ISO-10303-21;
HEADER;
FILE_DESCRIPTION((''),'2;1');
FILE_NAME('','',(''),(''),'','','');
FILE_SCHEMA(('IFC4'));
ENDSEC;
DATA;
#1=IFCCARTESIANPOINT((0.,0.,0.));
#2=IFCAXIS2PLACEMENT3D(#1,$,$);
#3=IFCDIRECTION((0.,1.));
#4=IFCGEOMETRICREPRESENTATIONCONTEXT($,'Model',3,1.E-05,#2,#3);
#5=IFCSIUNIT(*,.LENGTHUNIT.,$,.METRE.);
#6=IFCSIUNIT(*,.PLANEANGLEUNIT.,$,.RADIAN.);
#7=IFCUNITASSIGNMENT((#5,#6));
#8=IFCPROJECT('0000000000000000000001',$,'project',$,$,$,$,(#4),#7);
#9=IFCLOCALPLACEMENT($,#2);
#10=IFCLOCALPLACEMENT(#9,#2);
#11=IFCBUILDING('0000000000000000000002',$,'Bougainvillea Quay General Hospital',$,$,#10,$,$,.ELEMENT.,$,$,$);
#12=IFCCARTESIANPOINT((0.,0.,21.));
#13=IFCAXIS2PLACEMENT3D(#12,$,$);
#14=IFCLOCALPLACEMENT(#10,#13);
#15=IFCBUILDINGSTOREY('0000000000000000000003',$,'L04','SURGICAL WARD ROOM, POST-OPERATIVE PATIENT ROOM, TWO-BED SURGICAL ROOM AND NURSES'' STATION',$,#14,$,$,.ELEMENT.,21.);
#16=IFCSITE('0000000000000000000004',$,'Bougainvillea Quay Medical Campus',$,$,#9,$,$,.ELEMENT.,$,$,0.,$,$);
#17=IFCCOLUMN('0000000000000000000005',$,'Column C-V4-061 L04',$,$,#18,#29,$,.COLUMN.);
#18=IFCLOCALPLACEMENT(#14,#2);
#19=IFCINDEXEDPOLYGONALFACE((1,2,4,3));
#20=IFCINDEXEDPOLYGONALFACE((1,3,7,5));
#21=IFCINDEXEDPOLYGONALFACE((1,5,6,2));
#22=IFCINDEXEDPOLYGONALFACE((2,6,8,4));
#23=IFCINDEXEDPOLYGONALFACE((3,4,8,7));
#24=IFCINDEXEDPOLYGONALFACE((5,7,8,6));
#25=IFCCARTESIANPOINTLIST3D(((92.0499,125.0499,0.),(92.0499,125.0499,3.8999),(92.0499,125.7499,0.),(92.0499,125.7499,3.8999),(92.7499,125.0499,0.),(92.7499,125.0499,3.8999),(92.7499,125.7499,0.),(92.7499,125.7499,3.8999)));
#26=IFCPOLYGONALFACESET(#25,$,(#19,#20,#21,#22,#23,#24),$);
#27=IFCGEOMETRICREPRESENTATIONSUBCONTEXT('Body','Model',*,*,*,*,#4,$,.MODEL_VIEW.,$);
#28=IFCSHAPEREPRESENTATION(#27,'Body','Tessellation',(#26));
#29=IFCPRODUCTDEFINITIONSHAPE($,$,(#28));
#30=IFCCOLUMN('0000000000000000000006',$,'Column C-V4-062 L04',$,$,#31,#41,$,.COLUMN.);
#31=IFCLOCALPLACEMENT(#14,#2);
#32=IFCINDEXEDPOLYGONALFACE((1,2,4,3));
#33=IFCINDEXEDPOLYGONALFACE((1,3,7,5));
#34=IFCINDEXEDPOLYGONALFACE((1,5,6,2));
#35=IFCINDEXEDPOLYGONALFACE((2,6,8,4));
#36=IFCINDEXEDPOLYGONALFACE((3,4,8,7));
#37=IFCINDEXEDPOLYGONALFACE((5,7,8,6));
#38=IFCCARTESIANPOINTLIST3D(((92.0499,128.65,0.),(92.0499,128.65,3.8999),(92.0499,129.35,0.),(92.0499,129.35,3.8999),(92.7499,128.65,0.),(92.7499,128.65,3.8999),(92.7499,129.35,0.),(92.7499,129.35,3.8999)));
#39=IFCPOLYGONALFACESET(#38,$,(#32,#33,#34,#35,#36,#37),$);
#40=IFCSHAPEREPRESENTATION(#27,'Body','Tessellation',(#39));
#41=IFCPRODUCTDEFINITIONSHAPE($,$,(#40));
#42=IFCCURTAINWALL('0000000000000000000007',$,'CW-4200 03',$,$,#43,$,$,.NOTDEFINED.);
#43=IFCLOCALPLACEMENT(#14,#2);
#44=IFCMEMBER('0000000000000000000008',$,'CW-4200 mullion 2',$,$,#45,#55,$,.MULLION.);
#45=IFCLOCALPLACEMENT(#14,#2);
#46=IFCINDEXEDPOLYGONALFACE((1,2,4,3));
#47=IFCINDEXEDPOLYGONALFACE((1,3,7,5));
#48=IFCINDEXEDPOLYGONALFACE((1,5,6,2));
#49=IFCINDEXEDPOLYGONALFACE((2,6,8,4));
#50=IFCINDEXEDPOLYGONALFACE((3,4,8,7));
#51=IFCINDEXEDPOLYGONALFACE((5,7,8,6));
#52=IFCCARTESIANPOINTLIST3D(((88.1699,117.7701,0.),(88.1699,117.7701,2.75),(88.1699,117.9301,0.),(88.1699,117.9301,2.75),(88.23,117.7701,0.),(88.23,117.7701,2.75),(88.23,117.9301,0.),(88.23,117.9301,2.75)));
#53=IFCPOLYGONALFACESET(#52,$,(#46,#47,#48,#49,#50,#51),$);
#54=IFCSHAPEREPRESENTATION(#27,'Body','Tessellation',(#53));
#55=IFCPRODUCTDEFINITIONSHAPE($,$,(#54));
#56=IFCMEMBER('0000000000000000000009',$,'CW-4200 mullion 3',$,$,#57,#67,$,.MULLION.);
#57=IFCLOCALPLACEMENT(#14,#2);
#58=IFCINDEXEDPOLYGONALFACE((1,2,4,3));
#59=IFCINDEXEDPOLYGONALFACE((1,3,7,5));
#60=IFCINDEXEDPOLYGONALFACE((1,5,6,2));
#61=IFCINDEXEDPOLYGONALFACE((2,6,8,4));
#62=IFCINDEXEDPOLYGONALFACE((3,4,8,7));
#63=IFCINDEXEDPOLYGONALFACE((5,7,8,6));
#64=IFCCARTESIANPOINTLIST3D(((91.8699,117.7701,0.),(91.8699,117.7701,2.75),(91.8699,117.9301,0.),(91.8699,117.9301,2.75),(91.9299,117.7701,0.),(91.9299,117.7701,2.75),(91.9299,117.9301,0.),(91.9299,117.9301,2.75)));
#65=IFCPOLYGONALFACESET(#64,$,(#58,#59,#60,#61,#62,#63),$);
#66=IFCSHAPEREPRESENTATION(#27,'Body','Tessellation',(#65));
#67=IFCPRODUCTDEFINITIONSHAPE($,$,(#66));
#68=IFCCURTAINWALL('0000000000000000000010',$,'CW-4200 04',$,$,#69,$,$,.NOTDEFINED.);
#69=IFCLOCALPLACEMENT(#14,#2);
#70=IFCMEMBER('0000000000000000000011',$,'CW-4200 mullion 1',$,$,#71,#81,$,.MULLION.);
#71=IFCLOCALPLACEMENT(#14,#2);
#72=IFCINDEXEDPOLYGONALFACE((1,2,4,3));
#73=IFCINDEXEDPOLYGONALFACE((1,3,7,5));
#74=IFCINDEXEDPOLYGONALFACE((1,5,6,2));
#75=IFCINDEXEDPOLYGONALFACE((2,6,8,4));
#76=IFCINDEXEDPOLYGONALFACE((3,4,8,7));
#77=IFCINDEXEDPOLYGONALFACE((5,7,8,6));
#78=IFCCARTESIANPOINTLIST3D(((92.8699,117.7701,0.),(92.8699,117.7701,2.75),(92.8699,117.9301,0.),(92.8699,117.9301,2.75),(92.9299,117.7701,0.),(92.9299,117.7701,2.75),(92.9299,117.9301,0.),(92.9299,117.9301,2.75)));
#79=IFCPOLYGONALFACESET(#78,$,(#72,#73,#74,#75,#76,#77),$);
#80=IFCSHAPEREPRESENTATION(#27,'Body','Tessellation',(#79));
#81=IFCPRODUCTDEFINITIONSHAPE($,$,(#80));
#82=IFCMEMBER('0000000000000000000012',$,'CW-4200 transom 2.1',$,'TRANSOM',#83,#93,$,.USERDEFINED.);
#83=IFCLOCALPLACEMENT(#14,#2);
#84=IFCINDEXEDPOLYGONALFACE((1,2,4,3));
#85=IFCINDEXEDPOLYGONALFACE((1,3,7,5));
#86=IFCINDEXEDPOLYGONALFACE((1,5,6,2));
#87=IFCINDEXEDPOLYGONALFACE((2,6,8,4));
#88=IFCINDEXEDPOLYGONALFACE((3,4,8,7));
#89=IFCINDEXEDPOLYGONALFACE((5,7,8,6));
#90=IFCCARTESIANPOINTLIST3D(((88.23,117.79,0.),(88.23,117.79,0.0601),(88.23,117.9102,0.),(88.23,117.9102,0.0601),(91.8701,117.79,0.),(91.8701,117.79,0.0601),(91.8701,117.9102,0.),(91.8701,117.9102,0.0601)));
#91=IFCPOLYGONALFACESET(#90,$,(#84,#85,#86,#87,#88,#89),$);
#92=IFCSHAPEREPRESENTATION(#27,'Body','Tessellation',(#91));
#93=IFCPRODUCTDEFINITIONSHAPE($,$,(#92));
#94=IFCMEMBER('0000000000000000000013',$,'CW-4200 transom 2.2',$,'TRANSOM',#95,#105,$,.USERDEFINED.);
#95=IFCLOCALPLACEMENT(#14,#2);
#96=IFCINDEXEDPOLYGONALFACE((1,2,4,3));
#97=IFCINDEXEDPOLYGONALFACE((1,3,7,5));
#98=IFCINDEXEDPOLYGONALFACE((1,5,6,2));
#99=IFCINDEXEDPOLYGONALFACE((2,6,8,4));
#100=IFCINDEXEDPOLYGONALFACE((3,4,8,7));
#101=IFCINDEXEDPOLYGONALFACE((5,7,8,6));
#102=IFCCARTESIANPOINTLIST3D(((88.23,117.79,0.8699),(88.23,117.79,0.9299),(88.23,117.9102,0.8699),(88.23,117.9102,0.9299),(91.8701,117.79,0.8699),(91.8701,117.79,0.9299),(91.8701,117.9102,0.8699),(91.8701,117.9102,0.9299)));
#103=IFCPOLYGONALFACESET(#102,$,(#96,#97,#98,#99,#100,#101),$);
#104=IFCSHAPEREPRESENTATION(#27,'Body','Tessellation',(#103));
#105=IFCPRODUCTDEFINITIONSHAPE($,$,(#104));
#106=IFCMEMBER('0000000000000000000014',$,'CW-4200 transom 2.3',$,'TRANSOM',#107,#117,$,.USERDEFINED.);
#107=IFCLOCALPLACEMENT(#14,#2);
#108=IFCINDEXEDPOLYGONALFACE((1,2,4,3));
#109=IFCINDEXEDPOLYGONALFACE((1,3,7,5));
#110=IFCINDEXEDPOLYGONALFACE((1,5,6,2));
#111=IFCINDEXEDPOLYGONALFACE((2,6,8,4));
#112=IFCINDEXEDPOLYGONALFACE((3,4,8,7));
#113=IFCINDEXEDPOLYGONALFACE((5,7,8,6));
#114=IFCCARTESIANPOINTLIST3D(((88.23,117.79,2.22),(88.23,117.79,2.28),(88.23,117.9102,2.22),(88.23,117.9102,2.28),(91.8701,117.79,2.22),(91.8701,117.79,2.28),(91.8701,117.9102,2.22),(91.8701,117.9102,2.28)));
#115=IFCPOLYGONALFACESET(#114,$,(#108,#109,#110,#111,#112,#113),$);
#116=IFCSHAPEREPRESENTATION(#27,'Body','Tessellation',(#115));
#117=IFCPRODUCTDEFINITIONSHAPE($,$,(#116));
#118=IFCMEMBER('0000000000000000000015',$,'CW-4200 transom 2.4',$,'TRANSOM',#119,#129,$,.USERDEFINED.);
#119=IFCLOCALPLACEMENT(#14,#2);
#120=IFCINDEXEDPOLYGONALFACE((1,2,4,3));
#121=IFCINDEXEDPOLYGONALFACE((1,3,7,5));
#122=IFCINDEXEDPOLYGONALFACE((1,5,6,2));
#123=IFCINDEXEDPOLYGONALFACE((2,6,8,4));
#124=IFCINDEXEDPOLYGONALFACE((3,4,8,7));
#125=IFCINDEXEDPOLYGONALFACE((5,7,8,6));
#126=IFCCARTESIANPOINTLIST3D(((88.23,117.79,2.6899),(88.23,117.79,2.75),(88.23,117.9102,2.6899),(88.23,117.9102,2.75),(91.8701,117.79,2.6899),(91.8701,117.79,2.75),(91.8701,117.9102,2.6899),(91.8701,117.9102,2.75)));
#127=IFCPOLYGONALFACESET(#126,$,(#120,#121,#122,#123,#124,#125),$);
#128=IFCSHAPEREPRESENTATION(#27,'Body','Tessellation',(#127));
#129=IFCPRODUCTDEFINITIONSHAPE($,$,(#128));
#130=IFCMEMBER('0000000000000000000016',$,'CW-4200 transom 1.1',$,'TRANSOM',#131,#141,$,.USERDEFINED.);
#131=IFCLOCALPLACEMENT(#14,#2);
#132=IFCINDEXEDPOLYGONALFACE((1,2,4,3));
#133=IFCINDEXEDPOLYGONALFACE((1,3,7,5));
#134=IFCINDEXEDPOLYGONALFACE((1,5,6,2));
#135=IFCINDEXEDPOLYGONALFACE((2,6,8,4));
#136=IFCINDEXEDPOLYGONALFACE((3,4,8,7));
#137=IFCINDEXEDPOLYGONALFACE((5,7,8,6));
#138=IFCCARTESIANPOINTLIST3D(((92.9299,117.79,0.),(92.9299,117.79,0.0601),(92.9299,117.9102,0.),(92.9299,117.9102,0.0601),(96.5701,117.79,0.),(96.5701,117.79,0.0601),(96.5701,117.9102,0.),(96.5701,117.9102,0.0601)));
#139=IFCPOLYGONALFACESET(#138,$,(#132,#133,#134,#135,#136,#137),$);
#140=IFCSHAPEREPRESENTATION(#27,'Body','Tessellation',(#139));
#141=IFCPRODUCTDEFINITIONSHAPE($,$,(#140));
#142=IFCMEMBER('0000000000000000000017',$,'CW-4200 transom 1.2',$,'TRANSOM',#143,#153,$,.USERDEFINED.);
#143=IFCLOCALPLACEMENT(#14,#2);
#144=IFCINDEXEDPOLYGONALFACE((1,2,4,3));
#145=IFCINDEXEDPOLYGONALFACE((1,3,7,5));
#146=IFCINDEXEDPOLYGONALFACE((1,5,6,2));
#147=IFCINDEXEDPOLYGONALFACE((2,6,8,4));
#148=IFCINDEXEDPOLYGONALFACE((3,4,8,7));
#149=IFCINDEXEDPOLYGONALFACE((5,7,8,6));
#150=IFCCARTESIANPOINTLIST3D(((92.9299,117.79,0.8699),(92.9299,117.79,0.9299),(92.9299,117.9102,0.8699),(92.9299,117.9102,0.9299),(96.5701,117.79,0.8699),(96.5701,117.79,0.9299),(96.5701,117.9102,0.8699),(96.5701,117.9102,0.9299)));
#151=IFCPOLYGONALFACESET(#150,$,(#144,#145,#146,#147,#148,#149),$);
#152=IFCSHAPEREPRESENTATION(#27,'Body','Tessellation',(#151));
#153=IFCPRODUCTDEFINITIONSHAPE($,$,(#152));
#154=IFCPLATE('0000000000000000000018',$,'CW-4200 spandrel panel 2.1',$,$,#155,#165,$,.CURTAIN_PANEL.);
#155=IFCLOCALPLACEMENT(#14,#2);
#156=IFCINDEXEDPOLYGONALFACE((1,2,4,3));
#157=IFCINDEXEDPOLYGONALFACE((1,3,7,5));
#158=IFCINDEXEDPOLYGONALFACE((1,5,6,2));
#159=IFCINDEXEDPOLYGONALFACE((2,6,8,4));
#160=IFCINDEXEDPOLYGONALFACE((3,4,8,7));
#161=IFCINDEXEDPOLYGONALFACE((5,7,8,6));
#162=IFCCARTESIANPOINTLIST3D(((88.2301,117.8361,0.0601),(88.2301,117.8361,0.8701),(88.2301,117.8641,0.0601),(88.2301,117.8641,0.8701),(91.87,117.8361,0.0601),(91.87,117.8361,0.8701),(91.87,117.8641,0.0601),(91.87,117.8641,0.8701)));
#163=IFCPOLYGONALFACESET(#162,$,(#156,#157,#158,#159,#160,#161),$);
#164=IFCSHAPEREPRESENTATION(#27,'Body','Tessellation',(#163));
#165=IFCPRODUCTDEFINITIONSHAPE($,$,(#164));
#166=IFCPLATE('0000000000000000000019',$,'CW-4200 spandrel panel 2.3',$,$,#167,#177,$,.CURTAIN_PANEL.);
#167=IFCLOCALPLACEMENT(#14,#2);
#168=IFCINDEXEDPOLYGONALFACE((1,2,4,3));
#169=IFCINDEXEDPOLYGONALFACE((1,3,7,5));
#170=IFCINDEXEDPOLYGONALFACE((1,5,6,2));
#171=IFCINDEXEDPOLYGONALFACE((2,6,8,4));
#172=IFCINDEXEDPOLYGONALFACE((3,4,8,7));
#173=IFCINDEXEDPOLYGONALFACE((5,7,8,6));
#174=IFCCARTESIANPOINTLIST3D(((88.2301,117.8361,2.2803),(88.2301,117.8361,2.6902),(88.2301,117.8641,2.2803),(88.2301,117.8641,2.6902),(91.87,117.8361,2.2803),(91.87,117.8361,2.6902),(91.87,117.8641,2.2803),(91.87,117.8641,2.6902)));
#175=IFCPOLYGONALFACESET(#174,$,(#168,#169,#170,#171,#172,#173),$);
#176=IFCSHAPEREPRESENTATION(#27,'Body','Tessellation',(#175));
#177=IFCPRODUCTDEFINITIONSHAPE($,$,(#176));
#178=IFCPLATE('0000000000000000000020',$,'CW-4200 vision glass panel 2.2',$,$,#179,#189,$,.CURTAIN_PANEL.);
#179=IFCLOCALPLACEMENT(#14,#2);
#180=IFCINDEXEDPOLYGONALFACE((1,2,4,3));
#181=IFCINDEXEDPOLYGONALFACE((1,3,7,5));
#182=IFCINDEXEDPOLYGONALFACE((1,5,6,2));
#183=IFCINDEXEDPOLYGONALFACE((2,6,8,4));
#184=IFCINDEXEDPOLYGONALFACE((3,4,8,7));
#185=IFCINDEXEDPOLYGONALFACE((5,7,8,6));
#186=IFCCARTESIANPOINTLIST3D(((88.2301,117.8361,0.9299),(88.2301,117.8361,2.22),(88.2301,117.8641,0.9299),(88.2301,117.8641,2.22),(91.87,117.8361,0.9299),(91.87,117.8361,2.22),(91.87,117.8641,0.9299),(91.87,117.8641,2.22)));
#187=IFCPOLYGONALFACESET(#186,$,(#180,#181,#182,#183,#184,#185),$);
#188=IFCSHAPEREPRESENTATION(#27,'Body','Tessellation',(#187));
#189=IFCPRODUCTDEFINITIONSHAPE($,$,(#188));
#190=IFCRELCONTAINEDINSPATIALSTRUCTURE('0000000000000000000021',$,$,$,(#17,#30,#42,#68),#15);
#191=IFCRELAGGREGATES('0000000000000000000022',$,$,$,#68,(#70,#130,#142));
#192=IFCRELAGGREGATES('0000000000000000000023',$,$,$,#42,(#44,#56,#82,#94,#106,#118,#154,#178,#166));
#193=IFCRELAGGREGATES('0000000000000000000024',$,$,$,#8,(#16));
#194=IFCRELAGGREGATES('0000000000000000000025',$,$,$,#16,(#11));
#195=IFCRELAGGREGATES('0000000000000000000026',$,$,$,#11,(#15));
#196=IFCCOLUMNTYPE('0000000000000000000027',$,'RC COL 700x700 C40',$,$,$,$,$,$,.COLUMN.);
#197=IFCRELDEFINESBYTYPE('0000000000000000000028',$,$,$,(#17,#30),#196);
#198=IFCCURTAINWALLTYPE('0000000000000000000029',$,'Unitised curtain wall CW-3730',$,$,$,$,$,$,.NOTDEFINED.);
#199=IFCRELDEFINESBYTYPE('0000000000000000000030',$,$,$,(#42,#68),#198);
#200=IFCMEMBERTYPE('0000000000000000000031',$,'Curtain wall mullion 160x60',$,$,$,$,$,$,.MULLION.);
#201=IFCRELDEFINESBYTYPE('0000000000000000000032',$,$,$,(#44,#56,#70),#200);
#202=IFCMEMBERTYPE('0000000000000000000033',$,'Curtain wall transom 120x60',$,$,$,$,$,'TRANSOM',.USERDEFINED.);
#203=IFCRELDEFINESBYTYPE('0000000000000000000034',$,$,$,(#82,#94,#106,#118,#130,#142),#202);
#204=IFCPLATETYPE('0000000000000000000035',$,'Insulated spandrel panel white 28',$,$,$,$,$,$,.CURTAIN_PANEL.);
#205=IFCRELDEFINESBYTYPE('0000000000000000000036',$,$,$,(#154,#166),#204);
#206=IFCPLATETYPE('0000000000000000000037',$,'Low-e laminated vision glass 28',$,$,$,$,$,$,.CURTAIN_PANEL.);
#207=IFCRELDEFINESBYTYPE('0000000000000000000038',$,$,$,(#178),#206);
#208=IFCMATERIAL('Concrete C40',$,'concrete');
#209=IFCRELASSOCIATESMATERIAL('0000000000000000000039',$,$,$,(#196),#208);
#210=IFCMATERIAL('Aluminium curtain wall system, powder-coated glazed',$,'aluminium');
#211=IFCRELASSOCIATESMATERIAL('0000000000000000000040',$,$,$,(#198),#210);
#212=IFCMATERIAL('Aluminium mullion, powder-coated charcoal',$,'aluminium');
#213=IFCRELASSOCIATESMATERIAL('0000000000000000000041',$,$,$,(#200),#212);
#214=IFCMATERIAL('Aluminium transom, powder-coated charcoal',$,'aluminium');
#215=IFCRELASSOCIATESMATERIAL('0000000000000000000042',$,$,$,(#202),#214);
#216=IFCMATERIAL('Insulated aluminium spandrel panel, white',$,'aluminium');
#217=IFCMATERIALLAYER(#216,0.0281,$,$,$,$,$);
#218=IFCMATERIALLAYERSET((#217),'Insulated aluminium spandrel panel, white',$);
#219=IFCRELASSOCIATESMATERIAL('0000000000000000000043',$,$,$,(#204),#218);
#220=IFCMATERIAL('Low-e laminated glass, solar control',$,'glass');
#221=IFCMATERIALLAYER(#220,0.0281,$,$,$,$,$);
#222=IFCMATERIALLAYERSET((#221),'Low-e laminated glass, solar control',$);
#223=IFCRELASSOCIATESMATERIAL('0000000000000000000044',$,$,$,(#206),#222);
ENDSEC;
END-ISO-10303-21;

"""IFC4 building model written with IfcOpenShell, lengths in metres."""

from ifc_helpers import new_model, si_unit, direction, frame, origin, origin_2d, place, context, subcontext, project, spatial, rectangle, extrude, material, layer, layer_set, material_profile, profile_set, type_object, element, aggregate, save


model = new_model("IFC4")

# Units and contexts
model_context = context("Model", 3, precision=1e-05, world=origin(), true_north=direction((0.0, 1.0)))
body_context = subcontext(model_context, "Body", "Model", "MODEL_VIEW")
ifc_project = project(units=[si_unit("LENGTHUNIT", "METRE"), si_unit("PLANEANGLEUNIT", "RADIAN")], contexts=[model_context])

# Site, building, storey
site_placement = place(None, origin())
site = spatial("IfcSite", under=ifc_project, at=site_placement, Name="Bougainvillea Quay Medical Campus", CompositionType="ELEMENT", RefElevation=0.0)
building_placement = place(site_placement, origin())
building = spatial("IfcBuilding", under=site, at=building_placement, Name="Bougainvillea Quay General Hospital", CompositionType="ELEMENT")
storey_placement = place(building_placement, frame((0.0, 0.0, 21.0)))
storey = spatial("IfcBuildingStorey", under=building, at=storey_placement, Name="L04", Description="SURGICAL WARD ROOM, POST-OPERATIVE PATIENT ROOM, TWO-BED SURGICAL ROOM AND NURSES' STATION", CompositionType="ELEMENT", Elevation=21.0)

# Columns
ifc_material_1 = material(Name="Concrete C40", Category="concrete")
ifc_material_profile_1 = material_profile(ifc_material_1, rectangle(XDim=0.7, YDim=0.7, at=origin_2d()))
ifc_profile_set_1 = profile_set([ifc_material_profile_1], Name="Concrete C40")
column_type = type_object("IfcColumnType", Name="RC COL 700x700 C40", PredefinedType="COLUMN", material=ifc_profile_set_1)
for number, where, z_axis, x_axis, name in (
    (1, (92.3999, 125.3999, 0.0), (0.0, 0.0, 1.0), (1.0, 0.0, 0.0), "Column C-V4-061 L04"),
    (2, (92.3999, 129.0, 0.0), (0.0, 0.0, 1.0), (1.0, 0.0, 0.0), "Column C-V4-062 L04"),
):
    element("IfcColumn", number, at=place(storey_placement, frame(where, z_axis=z_axis, x_axis=x_axis)), inside=storey, type_object=column_type, Name=name, PredefinedType="COLUMN", context=body_context, shape_type="SweptSolid", body=[
        extrude(rectangle(XDim=0.7, YDim=0.7, at=origin_2d()), origin(), (0.0, 0.0, 1.0), 3.8999),
    ])

# Curtain wall, members
ifc_material_2 = material(Name="Aluminium curtain wall system, powder-coated glazed", Category="aluminium")
curtain_wall_type = type_object("IfcCurtainWallType", Name="Unitised curtain wall CW-3730", PredefinedType="NOTDEFINED", material=ifc_material_2)
curtain_wall_1_placement = place(storey_placement, origin())
curtain_wall_1 = element("IfcCurtainWall", 3, at=curtain_wall_1_placement, inside=storey, type_object=curtain_wall_type, Name="CW-4200 03", PredefinedType="NOTDEFINED")
ifc_material_3 = material(Name="Aluminium mullion, powder-coated charcoal", Category="aluminium")
ifc_material_profile_2 = material_profile(ifc_material_3, rectangle(XDim=0.1599, YDim=0.0601, at=origin_2d()))
ifc_profile_set_2 = profile_set([ifc_material_profile_2], Name="Aluminium mullion, powder-coated charcoal")
member_type_1 = type_object("IfcMemberType", Name="Curtain wall mullion 160x60", PredefinedType="MULLION", material=ifc_profile_set_2)
member_1_placement = place(storey_placement, frame((88.2, 117.8501, 0.0), z_axis=(0.0, 0.0, 1.0), x_axis=(0.0, 1.0, 0.0)))
member_1 = element("IfcMember", 4, at=member_1_placement, type_object=member_type_1, Name="CW-4200 mullion 2", PredefinedType="MULLION", context=body_context, shape_type="SweptSolid", body=[
    extrude(rectangle(XDim=0.1599, YDim=0.0601, at=origin_2d()), origin(), (0.0, 0.0, 1.0), 2.75),
])
member_2_placement = place(storey_placement, frame((91.8999, 117.8501, 0.0), z_axis=(0.0, 0.0, 1.0), x_axis=(0.0, 1.0, 0.0)))
member_2 = element("IfcMember", 5, at=member_2_placement, type_object=member_type_1, Name="CW-4200 mullion 3", PredefinedType="MULLION", context=body_context, shape_type="SweptSolid", body=[
    extrude(rectangle(XDim=0.1599, YDim=0.0601, at=origin_2d()), origin(), (0.0, 0.0, 1.0), 2.75),
])

# Curtain wall, member
curtain_wall_2_placement = place(storey_placement, origin())
curtain_wall_2 = element("IfcCurtainWall", 6, at=curtain_wall_2_placement, inside=storey, type_object=curtain_wall_type, Name="CW-4200 04", PredefinedType="NOTDEFINED")
member_3_placement = place(storey_placement, frame((92.8999, 117.8501, 0.0), z_axis=(0.0, 0.0, 1.0), x_axis=(0.0, 1.0, 0.0)))
member_3 = element("IfcMember", 7, at=member_3_placement, type_object=member_type_1, Name="CW-4200 mullion 1", PredefinedType="MULLION", context=body_context, shape_type="SweptSolid", body=[
    extrude(rectangle(XDim=0.1599, YDim=0.0601, at=origin_2d()), origin(), (0.0, 0.0, 1.0), 2.75),
])

# Members
ifc_material_4 = material(Name="Aluminium transom, powder-coated charcoal", Category="aluminium")
ifc_material_profile_3 = material_profile(ifc_material_4, rectangle(XDim=0.1201, YDim=0.0601, at=origin_2d()))
ifc_profile_set_3 = profile_set([ifc_material_profile_3], Name="Aluminium transom, powder-coated charcoal")
member_type_2 = type_object("IfcMemberType", Name="Curtain wall transom 120x60", ElementType="TRANSOM", PredefinedType="USERDEFINED", material=ifc_profile_set_3)
member_4_placement = place(storey_placement, frame((88.23, 117.8501, 0.03), z_axis=(1.0, 0.0, 0.0), x_axis=(0.0, 1.0, 0.0)))
member_4 = element("IfcMember", 8, at=member_4_placement, type_object=member_type_2, Name="CW-4200 transom 2.1", ObjectType="TRANSOM", PredefinedType="USERDEFINED", context=body_context, shape_type="SweptSolid", body=[
    extrude(rectangle(XDim=0.1201, YDim=0.0601, at=origin_2d()), origin(), (0.0, 0.0, 1.0), 3.6401),
])
member_5_placement = place(storey_placement, frame((88.23, 117.8501, 0.8999), z_axis=(1.0, 0.0, 0.0), x_axis=(0.0, 1.0, 0.0)))
member_5 = element("IfcMember", 9, at=member_5_placement, type_object=member_type_2, Name="CW-4200 transom 2.2", ObjectType="TRANSOM", PredefinedType="USERDEFINED", context=body_context, shape_type="SweptSolid", body=[
    extrude(rectangle(XDim=0.1201, YDim=0.0601, at=origin_2d()), origin(), (0.0, 0.0, 1.0), 3.6401),
])
member_6_placement = place(storey_placement, frame((88.23, 117.8501, 2.25), z_axis=(1.0, 0.0, 0.0), x_axis=(0.0, 1.0, 0.0)))
member_6 = element("IfcMember", 10, at=member_6_placement, type_object=member_type_2, Name="CW-4200 transom 2.3", ObjectType="TRANSOM", PredefinedType="USERDEFINED", context=body_context, shape_type="SweptSolid", body=[
    extrude(rectangle(XDim=0.1201, YDim=0.0601, at=origin_2d()), origin(), (0.0, 0.0, 1.0), 3.6401),
])
member_7_placement = place(storey_placement, frame((88.23, 117.8501, 2.72), z_axis=(1.0, 0.0, 0.0), x_axis=(0.0, 1.0, 0.0)))
member_7 = element("IfcMember", 11, at=member_7_placement, type_object=member_type_2, Name="CW-4200 transom 2.4", ObjectType="TRANSOM", PredefinedType="USERDEFINED", context=body_context, shape_type="SweptSolid", body=[
    extrude(rectangle(XDim=0.1201, YDim=0.0601, at=origin_2d()), origin(), (0.0, 0.0, 1.0), 3.6401),
])
member_8_placement = place(storey_placement, frame((92.9299, 117.8501, 0.03), z_axis=(1.0, 0.0, 0.0), x_axis=(0.0, 1.0, 0.0)))
member_8 = element("IfcMember", 12, at=member_8_placement, type_object=member_type_2, Name="CW-4200 transom 1.1", ObjectType="TRANSOM", PredefinedType="USERDEFINED", context=body_context, shape_type="SweptSolid", body=[
    extrude(rectangle(XDim=0.1201, YDim=0.0601, at=origin_2d()), origin(), (0.0, 0.0, 1.0), 3.6401),
])
member_9_placement = place(storey_placement, frame((92.9299, 117.8501, 0.8999), z_axis=(1.0, 0.0, 0.0), x_axis=(0.0, 1.0, 0.0)))
member_9 = element("IfcMember", 13, at=member_9_placement, type_object=member_type_2, Name="CW-4200 transom 1.2", ObjectType="TRANSOM", PredefinedType="USERDEFINED", context=body_context, shape_type="SweptSolid", body=[
    extrude(rectangle(XDim=0.1201, YDim=0.0601, at=origin_2d()), origin(), (0.0, 0.0, 1.0), 3.6401),
])
aggregate(curtain_wall_2, [member_3, member_8, member_9])

# Plates
ifc_material_5 = material(Name="Insulated aluminium spandrel panel, white", Category="aluminium")
ifc_layer_1 = layer(ifc_material_5, 0.0281)
ifc_layer_set_1 = layer_set([ifc_layer_1], Name="Insulated aluminium spandrel panel, white")
plate_type_1 = type_object("IfcPlateType", Name="Insulated spandrel panel white 28", PredefinedType="CURTAIN_PANEL", material=ifc_layer_set_1)
plate_1_placement = place(storey_placement, frame((90.05, 117.8501, 0.0601), z_axis=(0.0, 0.0, 1.0), x_axis=(1.0, 0.0, 0.0)))
plate_1 = element("IfcPlate", 14, at=plate_1_placement, type_object=plate_type_1, Name="CW-4200 spandrel panel 2.1", PredefinedType="CURTAIN_PANEL", context=body_context, shape_type="SweptSolid", body=[
    extrude(rectangle(XDim=3.6399, YDim=0.0281, at=origin_2d()), origin(), (0.0, 0.0, 1.0), 0.8101),
])
plate_2_placement = place(storey_placement, frame((90.05, 117.8501, 2.2803), z_axis=(0.0, 0.0, 1.0), x_axis=(1.0, 0.0, 0.0)))
plate_2 = element("IfcPlate", 15, at=plate_2_placement, type_object=plate_type_1, Name="CW-4200 spandrel panel 2.3", PredefinedType="CURTAIN_PANEL", context=body_context, shape_type="SweptSolid", body=[
    extrude(rectangle(XDim=3.6399, YDim=0.0281, at=origin_2d()), origin(), (0.0, 0.0, 1.0), 0.4099),
])
ifc_material_6 = material(Name="Low-e laminated glass, solar control", Category="glass")
ifc_layer_2 = layer(ifc_material_6, 0.0281)
ifc_layer_set_2 = layer_set([ifc_layer_2], Name="Low-e laminated glass, solar control")
plate_type_2 = type_object("IfcPlateType", Name="Low-e laminated vision glass 28", PredefinedType="CURTAIN_PANEL", material=ifc_layer_set_2)
plate_3_placement = place(storey_placement, frame((90.05, 117.8501, 0.9299), z_axis=(0.0, 0.0, 1.0), x_axis=(1.0, 0.0, 0.0)))
plate_3 = element("IfcPlate", 16, at=plate_3_placement, type_object=plate_type_2, Name="CW-4200 vision glass panel 2.2", PredefinedType="CURTAIN_PANEL", context=body_context, shape_type="SweptSolid", body=[
    extrude(rectangle(XDim=3.6399, YDim=0.0281, at=origin_2d()), origin(), (0.0, 0.0, 1.0), 1.29),
])
aggregate(curtain_wall_1, [member_1, member_2, member_4, member_5, member_6, member_7, plate_1, plate_3, plate_2])

save(model, "model.ifc")
